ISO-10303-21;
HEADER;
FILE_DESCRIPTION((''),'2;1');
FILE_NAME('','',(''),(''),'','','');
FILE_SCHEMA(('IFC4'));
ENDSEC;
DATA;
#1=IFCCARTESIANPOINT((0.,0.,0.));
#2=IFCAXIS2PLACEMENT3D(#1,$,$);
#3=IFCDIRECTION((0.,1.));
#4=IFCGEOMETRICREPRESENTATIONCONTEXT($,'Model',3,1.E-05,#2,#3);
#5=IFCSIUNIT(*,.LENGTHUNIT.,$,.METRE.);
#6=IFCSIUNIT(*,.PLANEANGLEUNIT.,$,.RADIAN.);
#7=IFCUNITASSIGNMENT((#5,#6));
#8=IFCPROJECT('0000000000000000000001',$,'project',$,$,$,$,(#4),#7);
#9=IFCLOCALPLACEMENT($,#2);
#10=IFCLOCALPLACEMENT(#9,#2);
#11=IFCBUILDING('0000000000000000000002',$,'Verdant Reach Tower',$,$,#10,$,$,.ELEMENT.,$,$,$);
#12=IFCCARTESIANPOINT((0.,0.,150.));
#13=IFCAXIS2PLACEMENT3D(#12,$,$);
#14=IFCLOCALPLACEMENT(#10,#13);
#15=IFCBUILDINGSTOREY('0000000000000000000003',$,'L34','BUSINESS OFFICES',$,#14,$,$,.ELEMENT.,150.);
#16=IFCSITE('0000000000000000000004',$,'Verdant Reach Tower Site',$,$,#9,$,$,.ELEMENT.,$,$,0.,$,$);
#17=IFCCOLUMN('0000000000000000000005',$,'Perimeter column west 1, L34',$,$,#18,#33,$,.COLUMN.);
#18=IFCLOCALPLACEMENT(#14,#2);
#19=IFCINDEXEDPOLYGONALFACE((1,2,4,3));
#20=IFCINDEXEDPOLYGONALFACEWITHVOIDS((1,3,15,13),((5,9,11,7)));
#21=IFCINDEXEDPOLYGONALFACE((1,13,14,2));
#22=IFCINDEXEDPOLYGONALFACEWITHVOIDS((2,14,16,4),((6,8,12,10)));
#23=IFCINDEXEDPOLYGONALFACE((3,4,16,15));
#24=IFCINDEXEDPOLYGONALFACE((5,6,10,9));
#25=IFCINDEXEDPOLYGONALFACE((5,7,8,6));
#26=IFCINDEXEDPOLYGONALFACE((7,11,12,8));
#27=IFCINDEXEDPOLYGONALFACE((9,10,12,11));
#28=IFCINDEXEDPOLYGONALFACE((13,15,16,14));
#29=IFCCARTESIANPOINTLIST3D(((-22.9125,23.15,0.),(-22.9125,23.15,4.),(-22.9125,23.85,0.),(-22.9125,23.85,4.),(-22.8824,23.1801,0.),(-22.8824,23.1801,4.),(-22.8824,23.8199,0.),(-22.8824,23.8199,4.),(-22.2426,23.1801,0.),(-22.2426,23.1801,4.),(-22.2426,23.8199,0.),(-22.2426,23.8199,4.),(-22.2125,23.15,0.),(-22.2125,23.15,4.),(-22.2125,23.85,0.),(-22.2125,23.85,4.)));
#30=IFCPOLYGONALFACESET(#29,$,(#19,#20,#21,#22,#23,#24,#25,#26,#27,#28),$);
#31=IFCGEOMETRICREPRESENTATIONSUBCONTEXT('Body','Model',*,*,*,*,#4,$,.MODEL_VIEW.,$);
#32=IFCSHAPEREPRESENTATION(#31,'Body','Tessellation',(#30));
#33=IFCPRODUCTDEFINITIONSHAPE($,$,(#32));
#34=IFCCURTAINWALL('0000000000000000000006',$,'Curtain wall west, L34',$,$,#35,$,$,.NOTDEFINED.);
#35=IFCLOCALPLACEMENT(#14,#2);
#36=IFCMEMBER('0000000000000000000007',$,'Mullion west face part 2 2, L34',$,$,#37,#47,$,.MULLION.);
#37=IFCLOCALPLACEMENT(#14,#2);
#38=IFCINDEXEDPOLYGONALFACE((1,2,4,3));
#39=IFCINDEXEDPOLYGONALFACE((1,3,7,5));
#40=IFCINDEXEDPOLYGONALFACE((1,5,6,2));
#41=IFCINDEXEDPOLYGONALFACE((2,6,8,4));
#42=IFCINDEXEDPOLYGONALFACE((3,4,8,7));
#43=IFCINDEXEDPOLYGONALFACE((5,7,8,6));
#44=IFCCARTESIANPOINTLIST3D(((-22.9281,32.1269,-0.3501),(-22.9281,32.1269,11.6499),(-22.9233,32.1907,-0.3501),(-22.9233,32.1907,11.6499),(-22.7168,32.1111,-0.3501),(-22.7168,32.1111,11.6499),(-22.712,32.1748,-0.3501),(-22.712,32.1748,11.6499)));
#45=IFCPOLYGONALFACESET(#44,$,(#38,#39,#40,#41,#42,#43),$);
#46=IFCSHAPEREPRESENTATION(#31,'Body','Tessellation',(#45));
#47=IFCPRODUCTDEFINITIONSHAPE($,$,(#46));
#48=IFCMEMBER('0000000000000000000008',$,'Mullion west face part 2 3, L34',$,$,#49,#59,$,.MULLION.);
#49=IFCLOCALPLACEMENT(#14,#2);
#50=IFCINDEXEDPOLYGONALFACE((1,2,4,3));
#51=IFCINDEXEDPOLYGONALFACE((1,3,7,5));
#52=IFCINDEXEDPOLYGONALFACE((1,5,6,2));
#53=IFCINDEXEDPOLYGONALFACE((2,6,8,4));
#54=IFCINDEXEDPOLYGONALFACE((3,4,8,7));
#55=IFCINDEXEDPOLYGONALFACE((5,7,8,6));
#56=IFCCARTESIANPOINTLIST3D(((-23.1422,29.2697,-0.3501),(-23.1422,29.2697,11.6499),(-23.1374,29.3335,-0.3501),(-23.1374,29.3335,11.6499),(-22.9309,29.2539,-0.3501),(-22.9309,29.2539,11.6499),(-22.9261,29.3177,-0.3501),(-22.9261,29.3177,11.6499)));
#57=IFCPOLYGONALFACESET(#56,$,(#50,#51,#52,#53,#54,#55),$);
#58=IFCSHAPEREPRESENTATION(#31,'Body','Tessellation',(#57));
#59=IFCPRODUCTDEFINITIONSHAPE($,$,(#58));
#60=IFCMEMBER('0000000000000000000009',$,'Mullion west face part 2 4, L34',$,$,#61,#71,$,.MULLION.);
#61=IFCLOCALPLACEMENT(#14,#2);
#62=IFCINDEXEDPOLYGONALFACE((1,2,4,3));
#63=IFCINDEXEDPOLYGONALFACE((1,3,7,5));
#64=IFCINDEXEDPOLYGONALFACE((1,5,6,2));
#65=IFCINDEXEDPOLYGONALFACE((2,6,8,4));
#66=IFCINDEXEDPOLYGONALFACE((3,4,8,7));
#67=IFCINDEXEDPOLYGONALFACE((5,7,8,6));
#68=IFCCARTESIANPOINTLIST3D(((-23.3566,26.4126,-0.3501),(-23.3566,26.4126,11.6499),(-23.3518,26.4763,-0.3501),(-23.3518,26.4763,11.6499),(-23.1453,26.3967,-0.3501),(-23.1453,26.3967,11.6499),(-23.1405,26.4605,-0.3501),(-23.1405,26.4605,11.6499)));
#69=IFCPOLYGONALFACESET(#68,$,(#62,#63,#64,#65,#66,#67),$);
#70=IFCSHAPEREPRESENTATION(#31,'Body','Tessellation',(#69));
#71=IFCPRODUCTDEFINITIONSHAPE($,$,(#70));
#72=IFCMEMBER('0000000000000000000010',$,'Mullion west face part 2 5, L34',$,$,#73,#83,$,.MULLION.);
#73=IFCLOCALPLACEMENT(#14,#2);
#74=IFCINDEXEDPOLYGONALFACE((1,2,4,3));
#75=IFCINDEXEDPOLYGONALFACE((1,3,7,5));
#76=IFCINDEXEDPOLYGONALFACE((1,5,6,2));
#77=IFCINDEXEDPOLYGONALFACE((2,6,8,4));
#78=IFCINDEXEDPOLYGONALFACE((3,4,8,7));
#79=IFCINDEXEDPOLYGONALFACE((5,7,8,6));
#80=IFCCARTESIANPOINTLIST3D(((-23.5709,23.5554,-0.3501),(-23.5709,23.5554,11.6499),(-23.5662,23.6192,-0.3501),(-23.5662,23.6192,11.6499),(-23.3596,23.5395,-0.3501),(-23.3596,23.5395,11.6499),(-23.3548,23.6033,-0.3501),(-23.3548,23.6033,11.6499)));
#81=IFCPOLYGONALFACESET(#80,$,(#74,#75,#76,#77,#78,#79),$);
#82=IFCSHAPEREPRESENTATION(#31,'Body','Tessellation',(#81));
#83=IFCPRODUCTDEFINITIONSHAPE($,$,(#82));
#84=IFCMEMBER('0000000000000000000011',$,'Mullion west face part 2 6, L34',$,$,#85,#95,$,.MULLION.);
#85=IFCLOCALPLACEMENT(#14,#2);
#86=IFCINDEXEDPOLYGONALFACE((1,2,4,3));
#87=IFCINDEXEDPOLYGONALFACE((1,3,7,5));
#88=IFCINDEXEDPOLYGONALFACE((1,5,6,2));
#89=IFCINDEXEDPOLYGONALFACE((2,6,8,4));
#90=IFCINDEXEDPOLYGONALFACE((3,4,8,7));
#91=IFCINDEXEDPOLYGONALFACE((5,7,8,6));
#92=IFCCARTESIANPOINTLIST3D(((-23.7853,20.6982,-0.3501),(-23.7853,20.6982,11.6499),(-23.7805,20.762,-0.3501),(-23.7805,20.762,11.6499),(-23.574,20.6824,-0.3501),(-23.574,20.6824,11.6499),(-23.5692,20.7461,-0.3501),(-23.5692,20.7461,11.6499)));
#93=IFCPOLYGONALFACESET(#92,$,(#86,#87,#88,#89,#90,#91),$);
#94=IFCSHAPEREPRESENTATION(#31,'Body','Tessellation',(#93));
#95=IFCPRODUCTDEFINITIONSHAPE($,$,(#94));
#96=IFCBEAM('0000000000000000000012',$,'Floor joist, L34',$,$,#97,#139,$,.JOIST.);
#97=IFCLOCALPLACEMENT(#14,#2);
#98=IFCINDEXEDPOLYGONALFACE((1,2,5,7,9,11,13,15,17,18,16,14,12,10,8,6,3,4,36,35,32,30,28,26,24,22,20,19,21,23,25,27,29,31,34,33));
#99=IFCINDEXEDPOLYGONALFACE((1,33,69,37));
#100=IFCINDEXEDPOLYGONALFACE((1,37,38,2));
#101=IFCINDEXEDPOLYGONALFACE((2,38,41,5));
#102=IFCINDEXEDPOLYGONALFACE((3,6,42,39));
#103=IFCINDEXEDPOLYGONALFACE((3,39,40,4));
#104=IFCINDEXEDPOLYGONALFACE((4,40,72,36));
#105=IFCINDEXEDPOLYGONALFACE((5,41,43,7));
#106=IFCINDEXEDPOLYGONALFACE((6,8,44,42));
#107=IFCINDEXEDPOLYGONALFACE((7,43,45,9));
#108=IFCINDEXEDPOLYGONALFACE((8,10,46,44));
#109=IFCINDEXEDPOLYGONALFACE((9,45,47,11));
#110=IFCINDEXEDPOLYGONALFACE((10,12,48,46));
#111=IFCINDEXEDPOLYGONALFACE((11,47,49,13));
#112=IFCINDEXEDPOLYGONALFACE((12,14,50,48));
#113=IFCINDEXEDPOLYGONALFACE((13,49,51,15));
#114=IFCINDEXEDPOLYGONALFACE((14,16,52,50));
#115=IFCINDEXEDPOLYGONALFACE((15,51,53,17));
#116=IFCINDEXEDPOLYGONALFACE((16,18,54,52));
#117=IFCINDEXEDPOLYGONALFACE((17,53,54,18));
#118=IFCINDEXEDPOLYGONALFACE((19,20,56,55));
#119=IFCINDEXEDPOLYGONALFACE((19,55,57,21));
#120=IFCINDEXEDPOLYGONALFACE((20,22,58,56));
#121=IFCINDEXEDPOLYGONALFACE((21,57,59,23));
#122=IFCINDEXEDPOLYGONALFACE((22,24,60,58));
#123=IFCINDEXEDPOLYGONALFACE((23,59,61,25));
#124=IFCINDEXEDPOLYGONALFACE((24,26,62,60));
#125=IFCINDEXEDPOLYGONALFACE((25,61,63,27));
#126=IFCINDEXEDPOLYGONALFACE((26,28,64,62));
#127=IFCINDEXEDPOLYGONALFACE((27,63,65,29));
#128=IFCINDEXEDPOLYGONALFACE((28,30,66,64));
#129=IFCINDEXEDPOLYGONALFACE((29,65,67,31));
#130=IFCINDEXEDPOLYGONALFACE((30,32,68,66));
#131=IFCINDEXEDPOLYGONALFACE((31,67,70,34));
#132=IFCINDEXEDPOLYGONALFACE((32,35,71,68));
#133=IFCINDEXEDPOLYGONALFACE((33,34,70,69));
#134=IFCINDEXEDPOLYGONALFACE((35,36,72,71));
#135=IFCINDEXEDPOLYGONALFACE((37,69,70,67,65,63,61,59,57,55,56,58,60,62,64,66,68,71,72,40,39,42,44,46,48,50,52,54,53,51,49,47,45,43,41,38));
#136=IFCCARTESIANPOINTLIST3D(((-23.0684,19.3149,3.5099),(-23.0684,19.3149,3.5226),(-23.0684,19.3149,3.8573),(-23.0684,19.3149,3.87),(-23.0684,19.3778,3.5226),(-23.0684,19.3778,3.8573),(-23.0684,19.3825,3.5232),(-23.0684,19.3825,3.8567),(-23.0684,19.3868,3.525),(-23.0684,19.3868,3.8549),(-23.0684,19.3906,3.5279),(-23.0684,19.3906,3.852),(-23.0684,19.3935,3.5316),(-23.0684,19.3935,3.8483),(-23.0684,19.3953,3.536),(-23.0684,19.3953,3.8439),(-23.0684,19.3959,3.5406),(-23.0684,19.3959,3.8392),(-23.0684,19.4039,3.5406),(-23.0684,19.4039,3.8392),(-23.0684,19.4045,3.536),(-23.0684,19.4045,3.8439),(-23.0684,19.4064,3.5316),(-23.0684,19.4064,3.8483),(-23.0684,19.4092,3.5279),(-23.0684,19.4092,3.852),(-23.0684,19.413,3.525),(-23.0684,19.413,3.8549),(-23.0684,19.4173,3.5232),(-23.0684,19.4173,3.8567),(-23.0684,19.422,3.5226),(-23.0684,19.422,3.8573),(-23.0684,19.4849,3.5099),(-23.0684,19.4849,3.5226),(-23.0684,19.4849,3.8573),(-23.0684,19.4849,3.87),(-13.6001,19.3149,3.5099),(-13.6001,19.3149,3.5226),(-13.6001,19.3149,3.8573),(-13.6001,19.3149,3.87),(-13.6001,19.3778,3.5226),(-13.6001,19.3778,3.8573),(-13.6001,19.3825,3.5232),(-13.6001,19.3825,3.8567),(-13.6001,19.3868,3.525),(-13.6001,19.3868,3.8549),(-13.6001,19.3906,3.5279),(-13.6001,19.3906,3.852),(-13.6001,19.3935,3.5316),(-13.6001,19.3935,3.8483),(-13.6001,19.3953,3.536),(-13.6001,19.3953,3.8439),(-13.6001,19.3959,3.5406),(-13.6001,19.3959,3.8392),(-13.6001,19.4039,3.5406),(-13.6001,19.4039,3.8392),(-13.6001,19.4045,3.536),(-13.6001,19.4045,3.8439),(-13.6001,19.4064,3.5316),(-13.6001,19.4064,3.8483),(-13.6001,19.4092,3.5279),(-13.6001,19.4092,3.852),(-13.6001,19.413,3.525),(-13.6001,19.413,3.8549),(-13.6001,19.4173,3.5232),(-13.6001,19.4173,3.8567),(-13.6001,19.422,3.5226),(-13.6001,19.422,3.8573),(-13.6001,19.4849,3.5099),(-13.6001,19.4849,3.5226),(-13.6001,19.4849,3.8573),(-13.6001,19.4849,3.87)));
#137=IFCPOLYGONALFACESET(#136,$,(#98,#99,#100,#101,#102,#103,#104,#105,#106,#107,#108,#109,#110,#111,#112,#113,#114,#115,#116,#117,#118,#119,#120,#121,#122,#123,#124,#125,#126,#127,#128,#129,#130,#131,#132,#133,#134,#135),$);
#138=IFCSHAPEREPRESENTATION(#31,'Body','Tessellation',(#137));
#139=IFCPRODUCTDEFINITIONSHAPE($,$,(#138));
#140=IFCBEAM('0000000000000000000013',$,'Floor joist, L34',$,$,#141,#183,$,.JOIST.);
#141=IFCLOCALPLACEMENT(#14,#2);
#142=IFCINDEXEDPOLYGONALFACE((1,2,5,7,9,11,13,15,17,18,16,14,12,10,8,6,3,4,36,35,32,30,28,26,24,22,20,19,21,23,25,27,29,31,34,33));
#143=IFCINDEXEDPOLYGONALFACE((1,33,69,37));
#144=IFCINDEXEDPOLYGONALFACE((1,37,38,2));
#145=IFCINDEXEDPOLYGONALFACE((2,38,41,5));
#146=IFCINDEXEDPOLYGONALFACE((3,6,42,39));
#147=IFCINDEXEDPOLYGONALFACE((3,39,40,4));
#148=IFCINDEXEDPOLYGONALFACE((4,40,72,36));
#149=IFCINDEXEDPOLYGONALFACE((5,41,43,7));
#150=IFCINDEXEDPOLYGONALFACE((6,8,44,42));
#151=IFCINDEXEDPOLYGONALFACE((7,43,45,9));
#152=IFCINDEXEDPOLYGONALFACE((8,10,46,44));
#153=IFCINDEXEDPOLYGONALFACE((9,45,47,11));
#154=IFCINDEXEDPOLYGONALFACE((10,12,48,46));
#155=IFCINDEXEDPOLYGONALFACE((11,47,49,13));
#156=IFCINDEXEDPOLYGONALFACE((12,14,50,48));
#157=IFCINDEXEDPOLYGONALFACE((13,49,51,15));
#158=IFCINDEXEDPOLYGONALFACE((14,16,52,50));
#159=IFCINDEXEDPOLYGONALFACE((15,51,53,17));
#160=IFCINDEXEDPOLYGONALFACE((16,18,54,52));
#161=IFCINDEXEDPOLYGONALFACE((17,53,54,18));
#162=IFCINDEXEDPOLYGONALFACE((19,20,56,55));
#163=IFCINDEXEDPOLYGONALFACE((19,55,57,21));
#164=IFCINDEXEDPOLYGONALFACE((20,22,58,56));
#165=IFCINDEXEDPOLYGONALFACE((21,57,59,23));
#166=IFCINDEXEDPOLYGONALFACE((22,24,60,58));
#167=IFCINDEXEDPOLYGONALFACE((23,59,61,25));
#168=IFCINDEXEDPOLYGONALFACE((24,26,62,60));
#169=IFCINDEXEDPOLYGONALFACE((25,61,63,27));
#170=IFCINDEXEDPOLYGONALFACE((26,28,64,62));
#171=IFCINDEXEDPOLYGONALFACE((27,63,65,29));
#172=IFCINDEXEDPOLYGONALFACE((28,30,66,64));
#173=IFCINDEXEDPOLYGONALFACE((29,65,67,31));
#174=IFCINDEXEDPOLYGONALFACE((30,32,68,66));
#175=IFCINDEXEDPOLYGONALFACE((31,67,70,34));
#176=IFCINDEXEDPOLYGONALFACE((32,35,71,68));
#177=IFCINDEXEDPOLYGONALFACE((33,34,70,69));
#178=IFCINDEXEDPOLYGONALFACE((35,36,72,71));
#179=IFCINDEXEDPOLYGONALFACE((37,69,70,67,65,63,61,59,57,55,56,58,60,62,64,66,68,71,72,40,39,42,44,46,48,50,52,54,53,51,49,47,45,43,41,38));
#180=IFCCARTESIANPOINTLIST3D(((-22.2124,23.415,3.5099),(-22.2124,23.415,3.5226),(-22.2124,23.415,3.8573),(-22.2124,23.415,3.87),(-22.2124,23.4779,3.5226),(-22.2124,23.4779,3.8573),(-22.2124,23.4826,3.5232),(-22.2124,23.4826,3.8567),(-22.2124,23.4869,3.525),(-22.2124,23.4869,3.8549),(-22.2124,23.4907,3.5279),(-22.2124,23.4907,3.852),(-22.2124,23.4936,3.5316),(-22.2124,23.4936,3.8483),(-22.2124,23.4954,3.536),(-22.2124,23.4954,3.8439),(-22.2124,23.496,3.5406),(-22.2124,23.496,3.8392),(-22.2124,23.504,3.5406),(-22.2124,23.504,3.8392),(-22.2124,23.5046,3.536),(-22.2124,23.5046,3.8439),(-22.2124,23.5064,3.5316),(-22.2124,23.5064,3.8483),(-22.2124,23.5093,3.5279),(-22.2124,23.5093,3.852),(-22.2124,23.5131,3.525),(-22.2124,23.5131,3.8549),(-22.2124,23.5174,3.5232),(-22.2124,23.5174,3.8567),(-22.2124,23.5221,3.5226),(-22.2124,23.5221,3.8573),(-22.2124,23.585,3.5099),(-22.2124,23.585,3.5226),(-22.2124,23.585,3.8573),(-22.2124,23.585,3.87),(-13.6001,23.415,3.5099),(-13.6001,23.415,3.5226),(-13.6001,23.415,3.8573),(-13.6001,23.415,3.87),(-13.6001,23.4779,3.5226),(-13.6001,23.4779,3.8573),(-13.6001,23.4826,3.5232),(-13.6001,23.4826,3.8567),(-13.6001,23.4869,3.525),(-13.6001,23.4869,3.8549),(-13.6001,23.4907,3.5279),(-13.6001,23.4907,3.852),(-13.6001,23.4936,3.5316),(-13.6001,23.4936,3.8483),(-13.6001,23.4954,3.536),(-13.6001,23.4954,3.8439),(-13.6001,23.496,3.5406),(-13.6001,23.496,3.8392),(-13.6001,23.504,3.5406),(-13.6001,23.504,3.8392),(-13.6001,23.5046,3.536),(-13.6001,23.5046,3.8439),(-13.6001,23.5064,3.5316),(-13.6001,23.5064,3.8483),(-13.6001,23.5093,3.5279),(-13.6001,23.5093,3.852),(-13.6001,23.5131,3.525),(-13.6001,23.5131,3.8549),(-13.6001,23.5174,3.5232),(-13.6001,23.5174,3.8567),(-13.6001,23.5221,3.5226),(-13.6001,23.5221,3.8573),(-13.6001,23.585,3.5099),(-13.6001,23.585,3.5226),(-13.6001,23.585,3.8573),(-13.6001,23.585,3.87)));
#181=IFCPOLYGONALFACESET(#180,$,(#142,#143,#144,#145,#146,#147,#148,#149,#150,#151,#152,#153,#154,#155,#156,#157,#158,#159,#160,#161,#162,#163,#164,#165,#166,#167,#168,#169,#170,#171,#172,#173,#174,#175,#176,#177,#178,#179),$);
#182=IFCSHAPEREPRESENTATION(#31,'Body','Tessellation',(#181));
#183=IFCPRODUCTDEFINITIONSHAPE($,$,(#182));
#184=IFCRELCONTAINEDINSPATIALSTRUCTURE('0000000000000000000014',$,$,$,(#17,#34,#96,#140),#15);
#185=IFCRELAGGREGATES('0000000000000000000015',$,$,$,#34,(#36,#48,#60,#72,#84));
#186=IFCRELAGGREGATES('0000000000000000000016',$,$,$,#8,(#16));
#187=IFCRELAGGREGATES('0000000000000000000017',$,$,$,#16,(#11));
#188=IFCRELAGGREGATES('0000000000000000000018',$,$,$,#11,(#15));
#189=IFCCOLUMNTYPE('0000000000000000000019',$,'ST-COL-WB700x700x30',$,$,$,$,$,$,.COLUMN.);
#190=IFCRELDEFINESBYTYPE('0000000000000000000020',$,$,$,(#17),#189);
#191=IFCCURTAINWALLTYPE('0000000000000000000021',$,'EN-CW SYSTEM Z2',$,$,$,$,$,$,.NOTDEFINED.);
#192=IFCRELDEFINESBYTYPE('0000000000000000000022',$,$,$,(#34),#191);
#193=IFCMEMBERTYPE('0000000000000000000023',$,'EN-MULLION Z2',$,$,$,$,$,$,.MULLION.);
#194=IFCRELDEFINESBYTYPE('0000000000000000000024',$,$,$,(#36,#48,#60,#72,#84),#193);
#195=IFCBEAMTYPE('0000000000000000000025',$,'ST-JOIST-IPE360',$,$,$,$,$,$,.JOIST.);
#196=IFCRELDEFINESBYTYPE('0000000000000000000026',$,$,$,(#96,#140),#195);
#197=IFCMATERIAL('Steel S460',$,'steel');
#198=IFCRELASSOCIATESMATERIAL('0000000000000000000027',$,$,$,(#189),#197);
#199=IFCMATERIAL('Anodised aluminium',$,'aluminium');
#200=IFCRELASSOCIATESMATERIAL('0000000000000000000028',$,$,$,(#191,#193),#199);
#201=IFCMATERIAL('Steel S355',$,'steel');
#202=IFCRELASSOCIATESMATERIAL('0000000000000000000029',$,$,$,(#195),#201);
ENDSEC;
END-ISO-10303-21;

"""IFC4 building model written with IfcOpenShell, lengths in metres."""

from ifc_helpers import new_model, si_unit, direction, frame, origin, origin_2d, place, context, subcontext, project, spatial, rectangle, hollow_rectangle, i_section, extrude, material, material_profile, profile_set, type_object, element, aggregate, save


model = new_model("IFC4")

# Units and contexts
model_context = context("Model", 3, precision=1e-05, world=origin(), true_north=direction((0.0, 1.0)))
body_context = subcontext(model_context, "Body", "Model", "MODEL_VIEW")
ifc_project = project(units=[si_unit("LENGTHUNIT", "METRE"), si_unit("PLANEANGLEUNIT", "RADIAN")], contexts=[model_context])

# Site, building, storey
site_placement = place(None, origin())
site = spatial("IfcSite", under=ifc_project, at=site_placement, Name="Verdant Reach Tower Site", CompositionType="ELEMENT", RefElevation=0.0)
building_placement = place(site_placement, origin())
building = spatial("IfcBuilding", under=site, at=building_placement, Name="Verdant Reach Tower", CompositionType="ELEMENT")
storey_placement = place(building_placement, frame((0.0, 0.0, 150.0)))
storey = spatial("IfcBuildingStorey", under=building, at=storey_placement, Name="L34", Description="BUSINESS OFFICES", CompositionType="ELEMENT", Elevation=150.0)

# Column
ifc_material_1 = material(Name="Steel S460", Category="steel")
ifc_material_profile_1 = material_profile(ifc_material_1, hollow_rectangle(XDim=0.7, YDim=0.7, WallThickness=0.03, at=origin_2d()), Name="WB 700x700x30")
ifc_profile_set_1 = profile_set([ifc_material_profile_1], Name="Steel S460")
column_type = type_object("IfcColumnType", Name="ST-COL-WB700x700x30", PredefinedType="COLUMN", material=ifc_profile_set_1)
column_placement = place(storey_placement, frame((-22.5625, 23.5, 0.0), z_axis=(0.0, 0.0, 1.0), x_axis=(1.0, 0.0, 0.0)))
element("IfcColumn", 1, at=column_placement, inside=storey, type_object=column_type, Name="Perimeter column west 1, L34", PredefinedType="COLUMN", context=body_context, shape_type="SweptSolid", body=[
    extrude(hollow_rectangle(XDim=0.7, YDim=0.7, WallThickness=0.03, at=origin_2d()), origin(), (0.0, 0.0, 1.0), 4.0),
])

# Curtain wall, members
ifc_material_2 = material(Name="Anodised aluminium", Category="aluminium")
curtain_wall_type = type_object("IfcCurtainWallType", Name="EN-CW SYSTEM Z2", PredefinedType="NOTDEFINED", material=ifc_material_2)
curtain_wall_placement = place(storey_placement, origin())
curtain_wall = element("IfcCurtainWall", 2, at=curtain_wall_placement, inside=storey, type_object=curtain_wall_type, Name="Curtain wall west, L34", PredefinedType="NOTDEFINED")
ifc_material_profile_2 = material_profile(ifc_material_2, rectangle(XDim=0.2119, YDim=0.064, at=origin_2d()), Name="Mullion 64x212")
ifc_profile_set_2 = profile_set([ifc_material_profile_2], Name="Anodised aluminium")
member_type = type_object("IfcMemberType", Name="EN-MULLION Z2", PredefinedType="MULLION", material=ifc_profile_set_2)
member_1_placement = place(storey_placement, frame((-22.8201, 32.1509, -0.3501), z_axis=(0.0, 0.0, 1.0), x_axis=(-0.997199, 0.07479, 0.0)))
member_1 = element("IfcMember", 3, at=member_1_placement, type_object=member_type, Name="Mullion west face part 2 2, L34", PredefinedType="MULLION", context=body_context, shape_type="SweptSolid", body=[
    extrude(rectangle(XDim=0.2119, YDim=0.064, at=origin_2d()), origin(), (0.0, 0.0, 1.0), 12.0),
])
member_2_placement = place(storey_placement, frame((-23.0342, 29.2937, -0.3501), z_axis=(0.0, 0.0, 1.0), x_axis=(-0.997199, 0.07479, 0.0)))
member_2 = element("IfcMember", 4, at=member_2_placement, type_object=member_type, Name="Mullion west face part 2 3, L34", PredefinedType="MULLION", context=body_context, shape_type="SweptSolid", body=[
    extrude(rectangle(XDim=0.2119, YDim=0.064, at=origin_2d()), origin(), (0.0, 0.0, 1.0), 12.0),
])
member_3_placement = place(storey_placement, frame((-23.2485, 26.4365, -0.3501), z_axis=(0.0, 0.0, 1.0), x_axis=(-0.997199, 0.07479, 0.0)))
member_3 = element("IfcMember", 5, at=member_3_placement, type_object=member_type, Name="Mullion west face part 2 4, L34", PredefinedType="MULLION", context=body_context, shape_type="SweptSolid", body=[
    extrude(rectangle(XDim=0.2119, YDim=0.064, at=origin_2d()), origin(), (0.0, 0.0, 1.0), 12.0),
])
member_4_placement = place(storey_placement, frame((-23.4629, 23.5793, -0.3501), z_axis=(0.0, 0.0, 1.0), x_axis=(-0.997199, 0.07479, 0.0)))
member_4 = element("IfcMember", 6, at=member_4_placement, type_object=member_type, Name="Mullion west face part 2 5, L34", PredefinedType="MULLION", context=body_context, shape_type="SweptSolid", body=[
    extrude(rectangle(XDim=0.2119, YDim=0.064, at=origin_2d()), origin(), (0.0, 0.0, 1.0), 12.0),
])
member_5_placement = place(storey_placement, frame((-23.6772, 20.7222, -0.3501), z_axis=(0.0, 0.0, 1.0), x_axis=(-0.997199, 0.07479, 0.0)))
member_5 = element("IfcMember", 7, at=member_5_placement, type_object=member_type, Name="Mullion west face part 2 6, L34", PredefinedType="MULLION", context=body_context, shape_type="SweptSolid", body=[
    extrude(rectangle(XDim=0.2119, YDim=0.064, at=origin_2d()), origin(), (0.0, 0.0, 1.0), 12.0),
])

# Beams
ifc_material_3 = material(Name="Steel S355", Category="steel")
ifc_material_profile_3 = material_profile(ifc_material_3, i_section(OverallWidth=0.1699, OverallDepth=0.3601, WebThickness=0.0081, FlangeThickness=0.0127, FilletRadius=0.0181, at=origin_2d()), Name="IPE 360")
ifc_profile_set_3 = profile_set([ifc_material_profile_3], Name="Steel S355")
beam_type = type_object("IfcBeamType", Name="ST-JOIST-IPE360", PredefinedType="JOIST", material=ifc_profile_set_3)
beam_1_placement = place(storey_placement, frame((-13.6001, 19.3999, 3.6899), z_axis=(-1.0, 0.0, 0.0), x_axis=(0.0, -1.0, 0.0)))
element("IfcBeam", 8, at=beam_1_placement, inside=storey, type_object=beam_type, Name="Floor joist, L34", PredefinedType="JOIST", context=body_context, shape_type="SweptSolid", body=[
    extrude(i_section(OverallWidth=0.1699, OverallDepth=0.3601, WebThickness=0.0081, FlangeThickness=0.0127, FilletRadius=0.0181, at=origin_2d()), origin(), (0.0, 0.0, 1.0), 9.4683),
])
beam_2_placement = place(storey_placement, frame((-13.6001, 23.5, 3.6899), z_axis=(-1.0, 0.0, 0.0), x_axis=(0.0, -1.0, 0.0)))
element("IfcBeam", 9, at=beam_2_placement, inside=storey, type_object=beam_type, Name="Floor joist, L34", PredefinedType="JOIST", context=body_context, shape_type="SweptSolid", body=[
    extrude(i_section(OverallWidth=0.1699, OverallDepth=0.3601, WebThickness=0.0081, FlangeThickness=0.0127, FilletRadius=0.0181, at=origin_2d()), origin(), (0.0, 0.0, 1.0), 8.6123),
])

aggregate(curtain_wall, [member_1, member_2, member_3, member_4, member_5])

save(model, "model.ifc")
